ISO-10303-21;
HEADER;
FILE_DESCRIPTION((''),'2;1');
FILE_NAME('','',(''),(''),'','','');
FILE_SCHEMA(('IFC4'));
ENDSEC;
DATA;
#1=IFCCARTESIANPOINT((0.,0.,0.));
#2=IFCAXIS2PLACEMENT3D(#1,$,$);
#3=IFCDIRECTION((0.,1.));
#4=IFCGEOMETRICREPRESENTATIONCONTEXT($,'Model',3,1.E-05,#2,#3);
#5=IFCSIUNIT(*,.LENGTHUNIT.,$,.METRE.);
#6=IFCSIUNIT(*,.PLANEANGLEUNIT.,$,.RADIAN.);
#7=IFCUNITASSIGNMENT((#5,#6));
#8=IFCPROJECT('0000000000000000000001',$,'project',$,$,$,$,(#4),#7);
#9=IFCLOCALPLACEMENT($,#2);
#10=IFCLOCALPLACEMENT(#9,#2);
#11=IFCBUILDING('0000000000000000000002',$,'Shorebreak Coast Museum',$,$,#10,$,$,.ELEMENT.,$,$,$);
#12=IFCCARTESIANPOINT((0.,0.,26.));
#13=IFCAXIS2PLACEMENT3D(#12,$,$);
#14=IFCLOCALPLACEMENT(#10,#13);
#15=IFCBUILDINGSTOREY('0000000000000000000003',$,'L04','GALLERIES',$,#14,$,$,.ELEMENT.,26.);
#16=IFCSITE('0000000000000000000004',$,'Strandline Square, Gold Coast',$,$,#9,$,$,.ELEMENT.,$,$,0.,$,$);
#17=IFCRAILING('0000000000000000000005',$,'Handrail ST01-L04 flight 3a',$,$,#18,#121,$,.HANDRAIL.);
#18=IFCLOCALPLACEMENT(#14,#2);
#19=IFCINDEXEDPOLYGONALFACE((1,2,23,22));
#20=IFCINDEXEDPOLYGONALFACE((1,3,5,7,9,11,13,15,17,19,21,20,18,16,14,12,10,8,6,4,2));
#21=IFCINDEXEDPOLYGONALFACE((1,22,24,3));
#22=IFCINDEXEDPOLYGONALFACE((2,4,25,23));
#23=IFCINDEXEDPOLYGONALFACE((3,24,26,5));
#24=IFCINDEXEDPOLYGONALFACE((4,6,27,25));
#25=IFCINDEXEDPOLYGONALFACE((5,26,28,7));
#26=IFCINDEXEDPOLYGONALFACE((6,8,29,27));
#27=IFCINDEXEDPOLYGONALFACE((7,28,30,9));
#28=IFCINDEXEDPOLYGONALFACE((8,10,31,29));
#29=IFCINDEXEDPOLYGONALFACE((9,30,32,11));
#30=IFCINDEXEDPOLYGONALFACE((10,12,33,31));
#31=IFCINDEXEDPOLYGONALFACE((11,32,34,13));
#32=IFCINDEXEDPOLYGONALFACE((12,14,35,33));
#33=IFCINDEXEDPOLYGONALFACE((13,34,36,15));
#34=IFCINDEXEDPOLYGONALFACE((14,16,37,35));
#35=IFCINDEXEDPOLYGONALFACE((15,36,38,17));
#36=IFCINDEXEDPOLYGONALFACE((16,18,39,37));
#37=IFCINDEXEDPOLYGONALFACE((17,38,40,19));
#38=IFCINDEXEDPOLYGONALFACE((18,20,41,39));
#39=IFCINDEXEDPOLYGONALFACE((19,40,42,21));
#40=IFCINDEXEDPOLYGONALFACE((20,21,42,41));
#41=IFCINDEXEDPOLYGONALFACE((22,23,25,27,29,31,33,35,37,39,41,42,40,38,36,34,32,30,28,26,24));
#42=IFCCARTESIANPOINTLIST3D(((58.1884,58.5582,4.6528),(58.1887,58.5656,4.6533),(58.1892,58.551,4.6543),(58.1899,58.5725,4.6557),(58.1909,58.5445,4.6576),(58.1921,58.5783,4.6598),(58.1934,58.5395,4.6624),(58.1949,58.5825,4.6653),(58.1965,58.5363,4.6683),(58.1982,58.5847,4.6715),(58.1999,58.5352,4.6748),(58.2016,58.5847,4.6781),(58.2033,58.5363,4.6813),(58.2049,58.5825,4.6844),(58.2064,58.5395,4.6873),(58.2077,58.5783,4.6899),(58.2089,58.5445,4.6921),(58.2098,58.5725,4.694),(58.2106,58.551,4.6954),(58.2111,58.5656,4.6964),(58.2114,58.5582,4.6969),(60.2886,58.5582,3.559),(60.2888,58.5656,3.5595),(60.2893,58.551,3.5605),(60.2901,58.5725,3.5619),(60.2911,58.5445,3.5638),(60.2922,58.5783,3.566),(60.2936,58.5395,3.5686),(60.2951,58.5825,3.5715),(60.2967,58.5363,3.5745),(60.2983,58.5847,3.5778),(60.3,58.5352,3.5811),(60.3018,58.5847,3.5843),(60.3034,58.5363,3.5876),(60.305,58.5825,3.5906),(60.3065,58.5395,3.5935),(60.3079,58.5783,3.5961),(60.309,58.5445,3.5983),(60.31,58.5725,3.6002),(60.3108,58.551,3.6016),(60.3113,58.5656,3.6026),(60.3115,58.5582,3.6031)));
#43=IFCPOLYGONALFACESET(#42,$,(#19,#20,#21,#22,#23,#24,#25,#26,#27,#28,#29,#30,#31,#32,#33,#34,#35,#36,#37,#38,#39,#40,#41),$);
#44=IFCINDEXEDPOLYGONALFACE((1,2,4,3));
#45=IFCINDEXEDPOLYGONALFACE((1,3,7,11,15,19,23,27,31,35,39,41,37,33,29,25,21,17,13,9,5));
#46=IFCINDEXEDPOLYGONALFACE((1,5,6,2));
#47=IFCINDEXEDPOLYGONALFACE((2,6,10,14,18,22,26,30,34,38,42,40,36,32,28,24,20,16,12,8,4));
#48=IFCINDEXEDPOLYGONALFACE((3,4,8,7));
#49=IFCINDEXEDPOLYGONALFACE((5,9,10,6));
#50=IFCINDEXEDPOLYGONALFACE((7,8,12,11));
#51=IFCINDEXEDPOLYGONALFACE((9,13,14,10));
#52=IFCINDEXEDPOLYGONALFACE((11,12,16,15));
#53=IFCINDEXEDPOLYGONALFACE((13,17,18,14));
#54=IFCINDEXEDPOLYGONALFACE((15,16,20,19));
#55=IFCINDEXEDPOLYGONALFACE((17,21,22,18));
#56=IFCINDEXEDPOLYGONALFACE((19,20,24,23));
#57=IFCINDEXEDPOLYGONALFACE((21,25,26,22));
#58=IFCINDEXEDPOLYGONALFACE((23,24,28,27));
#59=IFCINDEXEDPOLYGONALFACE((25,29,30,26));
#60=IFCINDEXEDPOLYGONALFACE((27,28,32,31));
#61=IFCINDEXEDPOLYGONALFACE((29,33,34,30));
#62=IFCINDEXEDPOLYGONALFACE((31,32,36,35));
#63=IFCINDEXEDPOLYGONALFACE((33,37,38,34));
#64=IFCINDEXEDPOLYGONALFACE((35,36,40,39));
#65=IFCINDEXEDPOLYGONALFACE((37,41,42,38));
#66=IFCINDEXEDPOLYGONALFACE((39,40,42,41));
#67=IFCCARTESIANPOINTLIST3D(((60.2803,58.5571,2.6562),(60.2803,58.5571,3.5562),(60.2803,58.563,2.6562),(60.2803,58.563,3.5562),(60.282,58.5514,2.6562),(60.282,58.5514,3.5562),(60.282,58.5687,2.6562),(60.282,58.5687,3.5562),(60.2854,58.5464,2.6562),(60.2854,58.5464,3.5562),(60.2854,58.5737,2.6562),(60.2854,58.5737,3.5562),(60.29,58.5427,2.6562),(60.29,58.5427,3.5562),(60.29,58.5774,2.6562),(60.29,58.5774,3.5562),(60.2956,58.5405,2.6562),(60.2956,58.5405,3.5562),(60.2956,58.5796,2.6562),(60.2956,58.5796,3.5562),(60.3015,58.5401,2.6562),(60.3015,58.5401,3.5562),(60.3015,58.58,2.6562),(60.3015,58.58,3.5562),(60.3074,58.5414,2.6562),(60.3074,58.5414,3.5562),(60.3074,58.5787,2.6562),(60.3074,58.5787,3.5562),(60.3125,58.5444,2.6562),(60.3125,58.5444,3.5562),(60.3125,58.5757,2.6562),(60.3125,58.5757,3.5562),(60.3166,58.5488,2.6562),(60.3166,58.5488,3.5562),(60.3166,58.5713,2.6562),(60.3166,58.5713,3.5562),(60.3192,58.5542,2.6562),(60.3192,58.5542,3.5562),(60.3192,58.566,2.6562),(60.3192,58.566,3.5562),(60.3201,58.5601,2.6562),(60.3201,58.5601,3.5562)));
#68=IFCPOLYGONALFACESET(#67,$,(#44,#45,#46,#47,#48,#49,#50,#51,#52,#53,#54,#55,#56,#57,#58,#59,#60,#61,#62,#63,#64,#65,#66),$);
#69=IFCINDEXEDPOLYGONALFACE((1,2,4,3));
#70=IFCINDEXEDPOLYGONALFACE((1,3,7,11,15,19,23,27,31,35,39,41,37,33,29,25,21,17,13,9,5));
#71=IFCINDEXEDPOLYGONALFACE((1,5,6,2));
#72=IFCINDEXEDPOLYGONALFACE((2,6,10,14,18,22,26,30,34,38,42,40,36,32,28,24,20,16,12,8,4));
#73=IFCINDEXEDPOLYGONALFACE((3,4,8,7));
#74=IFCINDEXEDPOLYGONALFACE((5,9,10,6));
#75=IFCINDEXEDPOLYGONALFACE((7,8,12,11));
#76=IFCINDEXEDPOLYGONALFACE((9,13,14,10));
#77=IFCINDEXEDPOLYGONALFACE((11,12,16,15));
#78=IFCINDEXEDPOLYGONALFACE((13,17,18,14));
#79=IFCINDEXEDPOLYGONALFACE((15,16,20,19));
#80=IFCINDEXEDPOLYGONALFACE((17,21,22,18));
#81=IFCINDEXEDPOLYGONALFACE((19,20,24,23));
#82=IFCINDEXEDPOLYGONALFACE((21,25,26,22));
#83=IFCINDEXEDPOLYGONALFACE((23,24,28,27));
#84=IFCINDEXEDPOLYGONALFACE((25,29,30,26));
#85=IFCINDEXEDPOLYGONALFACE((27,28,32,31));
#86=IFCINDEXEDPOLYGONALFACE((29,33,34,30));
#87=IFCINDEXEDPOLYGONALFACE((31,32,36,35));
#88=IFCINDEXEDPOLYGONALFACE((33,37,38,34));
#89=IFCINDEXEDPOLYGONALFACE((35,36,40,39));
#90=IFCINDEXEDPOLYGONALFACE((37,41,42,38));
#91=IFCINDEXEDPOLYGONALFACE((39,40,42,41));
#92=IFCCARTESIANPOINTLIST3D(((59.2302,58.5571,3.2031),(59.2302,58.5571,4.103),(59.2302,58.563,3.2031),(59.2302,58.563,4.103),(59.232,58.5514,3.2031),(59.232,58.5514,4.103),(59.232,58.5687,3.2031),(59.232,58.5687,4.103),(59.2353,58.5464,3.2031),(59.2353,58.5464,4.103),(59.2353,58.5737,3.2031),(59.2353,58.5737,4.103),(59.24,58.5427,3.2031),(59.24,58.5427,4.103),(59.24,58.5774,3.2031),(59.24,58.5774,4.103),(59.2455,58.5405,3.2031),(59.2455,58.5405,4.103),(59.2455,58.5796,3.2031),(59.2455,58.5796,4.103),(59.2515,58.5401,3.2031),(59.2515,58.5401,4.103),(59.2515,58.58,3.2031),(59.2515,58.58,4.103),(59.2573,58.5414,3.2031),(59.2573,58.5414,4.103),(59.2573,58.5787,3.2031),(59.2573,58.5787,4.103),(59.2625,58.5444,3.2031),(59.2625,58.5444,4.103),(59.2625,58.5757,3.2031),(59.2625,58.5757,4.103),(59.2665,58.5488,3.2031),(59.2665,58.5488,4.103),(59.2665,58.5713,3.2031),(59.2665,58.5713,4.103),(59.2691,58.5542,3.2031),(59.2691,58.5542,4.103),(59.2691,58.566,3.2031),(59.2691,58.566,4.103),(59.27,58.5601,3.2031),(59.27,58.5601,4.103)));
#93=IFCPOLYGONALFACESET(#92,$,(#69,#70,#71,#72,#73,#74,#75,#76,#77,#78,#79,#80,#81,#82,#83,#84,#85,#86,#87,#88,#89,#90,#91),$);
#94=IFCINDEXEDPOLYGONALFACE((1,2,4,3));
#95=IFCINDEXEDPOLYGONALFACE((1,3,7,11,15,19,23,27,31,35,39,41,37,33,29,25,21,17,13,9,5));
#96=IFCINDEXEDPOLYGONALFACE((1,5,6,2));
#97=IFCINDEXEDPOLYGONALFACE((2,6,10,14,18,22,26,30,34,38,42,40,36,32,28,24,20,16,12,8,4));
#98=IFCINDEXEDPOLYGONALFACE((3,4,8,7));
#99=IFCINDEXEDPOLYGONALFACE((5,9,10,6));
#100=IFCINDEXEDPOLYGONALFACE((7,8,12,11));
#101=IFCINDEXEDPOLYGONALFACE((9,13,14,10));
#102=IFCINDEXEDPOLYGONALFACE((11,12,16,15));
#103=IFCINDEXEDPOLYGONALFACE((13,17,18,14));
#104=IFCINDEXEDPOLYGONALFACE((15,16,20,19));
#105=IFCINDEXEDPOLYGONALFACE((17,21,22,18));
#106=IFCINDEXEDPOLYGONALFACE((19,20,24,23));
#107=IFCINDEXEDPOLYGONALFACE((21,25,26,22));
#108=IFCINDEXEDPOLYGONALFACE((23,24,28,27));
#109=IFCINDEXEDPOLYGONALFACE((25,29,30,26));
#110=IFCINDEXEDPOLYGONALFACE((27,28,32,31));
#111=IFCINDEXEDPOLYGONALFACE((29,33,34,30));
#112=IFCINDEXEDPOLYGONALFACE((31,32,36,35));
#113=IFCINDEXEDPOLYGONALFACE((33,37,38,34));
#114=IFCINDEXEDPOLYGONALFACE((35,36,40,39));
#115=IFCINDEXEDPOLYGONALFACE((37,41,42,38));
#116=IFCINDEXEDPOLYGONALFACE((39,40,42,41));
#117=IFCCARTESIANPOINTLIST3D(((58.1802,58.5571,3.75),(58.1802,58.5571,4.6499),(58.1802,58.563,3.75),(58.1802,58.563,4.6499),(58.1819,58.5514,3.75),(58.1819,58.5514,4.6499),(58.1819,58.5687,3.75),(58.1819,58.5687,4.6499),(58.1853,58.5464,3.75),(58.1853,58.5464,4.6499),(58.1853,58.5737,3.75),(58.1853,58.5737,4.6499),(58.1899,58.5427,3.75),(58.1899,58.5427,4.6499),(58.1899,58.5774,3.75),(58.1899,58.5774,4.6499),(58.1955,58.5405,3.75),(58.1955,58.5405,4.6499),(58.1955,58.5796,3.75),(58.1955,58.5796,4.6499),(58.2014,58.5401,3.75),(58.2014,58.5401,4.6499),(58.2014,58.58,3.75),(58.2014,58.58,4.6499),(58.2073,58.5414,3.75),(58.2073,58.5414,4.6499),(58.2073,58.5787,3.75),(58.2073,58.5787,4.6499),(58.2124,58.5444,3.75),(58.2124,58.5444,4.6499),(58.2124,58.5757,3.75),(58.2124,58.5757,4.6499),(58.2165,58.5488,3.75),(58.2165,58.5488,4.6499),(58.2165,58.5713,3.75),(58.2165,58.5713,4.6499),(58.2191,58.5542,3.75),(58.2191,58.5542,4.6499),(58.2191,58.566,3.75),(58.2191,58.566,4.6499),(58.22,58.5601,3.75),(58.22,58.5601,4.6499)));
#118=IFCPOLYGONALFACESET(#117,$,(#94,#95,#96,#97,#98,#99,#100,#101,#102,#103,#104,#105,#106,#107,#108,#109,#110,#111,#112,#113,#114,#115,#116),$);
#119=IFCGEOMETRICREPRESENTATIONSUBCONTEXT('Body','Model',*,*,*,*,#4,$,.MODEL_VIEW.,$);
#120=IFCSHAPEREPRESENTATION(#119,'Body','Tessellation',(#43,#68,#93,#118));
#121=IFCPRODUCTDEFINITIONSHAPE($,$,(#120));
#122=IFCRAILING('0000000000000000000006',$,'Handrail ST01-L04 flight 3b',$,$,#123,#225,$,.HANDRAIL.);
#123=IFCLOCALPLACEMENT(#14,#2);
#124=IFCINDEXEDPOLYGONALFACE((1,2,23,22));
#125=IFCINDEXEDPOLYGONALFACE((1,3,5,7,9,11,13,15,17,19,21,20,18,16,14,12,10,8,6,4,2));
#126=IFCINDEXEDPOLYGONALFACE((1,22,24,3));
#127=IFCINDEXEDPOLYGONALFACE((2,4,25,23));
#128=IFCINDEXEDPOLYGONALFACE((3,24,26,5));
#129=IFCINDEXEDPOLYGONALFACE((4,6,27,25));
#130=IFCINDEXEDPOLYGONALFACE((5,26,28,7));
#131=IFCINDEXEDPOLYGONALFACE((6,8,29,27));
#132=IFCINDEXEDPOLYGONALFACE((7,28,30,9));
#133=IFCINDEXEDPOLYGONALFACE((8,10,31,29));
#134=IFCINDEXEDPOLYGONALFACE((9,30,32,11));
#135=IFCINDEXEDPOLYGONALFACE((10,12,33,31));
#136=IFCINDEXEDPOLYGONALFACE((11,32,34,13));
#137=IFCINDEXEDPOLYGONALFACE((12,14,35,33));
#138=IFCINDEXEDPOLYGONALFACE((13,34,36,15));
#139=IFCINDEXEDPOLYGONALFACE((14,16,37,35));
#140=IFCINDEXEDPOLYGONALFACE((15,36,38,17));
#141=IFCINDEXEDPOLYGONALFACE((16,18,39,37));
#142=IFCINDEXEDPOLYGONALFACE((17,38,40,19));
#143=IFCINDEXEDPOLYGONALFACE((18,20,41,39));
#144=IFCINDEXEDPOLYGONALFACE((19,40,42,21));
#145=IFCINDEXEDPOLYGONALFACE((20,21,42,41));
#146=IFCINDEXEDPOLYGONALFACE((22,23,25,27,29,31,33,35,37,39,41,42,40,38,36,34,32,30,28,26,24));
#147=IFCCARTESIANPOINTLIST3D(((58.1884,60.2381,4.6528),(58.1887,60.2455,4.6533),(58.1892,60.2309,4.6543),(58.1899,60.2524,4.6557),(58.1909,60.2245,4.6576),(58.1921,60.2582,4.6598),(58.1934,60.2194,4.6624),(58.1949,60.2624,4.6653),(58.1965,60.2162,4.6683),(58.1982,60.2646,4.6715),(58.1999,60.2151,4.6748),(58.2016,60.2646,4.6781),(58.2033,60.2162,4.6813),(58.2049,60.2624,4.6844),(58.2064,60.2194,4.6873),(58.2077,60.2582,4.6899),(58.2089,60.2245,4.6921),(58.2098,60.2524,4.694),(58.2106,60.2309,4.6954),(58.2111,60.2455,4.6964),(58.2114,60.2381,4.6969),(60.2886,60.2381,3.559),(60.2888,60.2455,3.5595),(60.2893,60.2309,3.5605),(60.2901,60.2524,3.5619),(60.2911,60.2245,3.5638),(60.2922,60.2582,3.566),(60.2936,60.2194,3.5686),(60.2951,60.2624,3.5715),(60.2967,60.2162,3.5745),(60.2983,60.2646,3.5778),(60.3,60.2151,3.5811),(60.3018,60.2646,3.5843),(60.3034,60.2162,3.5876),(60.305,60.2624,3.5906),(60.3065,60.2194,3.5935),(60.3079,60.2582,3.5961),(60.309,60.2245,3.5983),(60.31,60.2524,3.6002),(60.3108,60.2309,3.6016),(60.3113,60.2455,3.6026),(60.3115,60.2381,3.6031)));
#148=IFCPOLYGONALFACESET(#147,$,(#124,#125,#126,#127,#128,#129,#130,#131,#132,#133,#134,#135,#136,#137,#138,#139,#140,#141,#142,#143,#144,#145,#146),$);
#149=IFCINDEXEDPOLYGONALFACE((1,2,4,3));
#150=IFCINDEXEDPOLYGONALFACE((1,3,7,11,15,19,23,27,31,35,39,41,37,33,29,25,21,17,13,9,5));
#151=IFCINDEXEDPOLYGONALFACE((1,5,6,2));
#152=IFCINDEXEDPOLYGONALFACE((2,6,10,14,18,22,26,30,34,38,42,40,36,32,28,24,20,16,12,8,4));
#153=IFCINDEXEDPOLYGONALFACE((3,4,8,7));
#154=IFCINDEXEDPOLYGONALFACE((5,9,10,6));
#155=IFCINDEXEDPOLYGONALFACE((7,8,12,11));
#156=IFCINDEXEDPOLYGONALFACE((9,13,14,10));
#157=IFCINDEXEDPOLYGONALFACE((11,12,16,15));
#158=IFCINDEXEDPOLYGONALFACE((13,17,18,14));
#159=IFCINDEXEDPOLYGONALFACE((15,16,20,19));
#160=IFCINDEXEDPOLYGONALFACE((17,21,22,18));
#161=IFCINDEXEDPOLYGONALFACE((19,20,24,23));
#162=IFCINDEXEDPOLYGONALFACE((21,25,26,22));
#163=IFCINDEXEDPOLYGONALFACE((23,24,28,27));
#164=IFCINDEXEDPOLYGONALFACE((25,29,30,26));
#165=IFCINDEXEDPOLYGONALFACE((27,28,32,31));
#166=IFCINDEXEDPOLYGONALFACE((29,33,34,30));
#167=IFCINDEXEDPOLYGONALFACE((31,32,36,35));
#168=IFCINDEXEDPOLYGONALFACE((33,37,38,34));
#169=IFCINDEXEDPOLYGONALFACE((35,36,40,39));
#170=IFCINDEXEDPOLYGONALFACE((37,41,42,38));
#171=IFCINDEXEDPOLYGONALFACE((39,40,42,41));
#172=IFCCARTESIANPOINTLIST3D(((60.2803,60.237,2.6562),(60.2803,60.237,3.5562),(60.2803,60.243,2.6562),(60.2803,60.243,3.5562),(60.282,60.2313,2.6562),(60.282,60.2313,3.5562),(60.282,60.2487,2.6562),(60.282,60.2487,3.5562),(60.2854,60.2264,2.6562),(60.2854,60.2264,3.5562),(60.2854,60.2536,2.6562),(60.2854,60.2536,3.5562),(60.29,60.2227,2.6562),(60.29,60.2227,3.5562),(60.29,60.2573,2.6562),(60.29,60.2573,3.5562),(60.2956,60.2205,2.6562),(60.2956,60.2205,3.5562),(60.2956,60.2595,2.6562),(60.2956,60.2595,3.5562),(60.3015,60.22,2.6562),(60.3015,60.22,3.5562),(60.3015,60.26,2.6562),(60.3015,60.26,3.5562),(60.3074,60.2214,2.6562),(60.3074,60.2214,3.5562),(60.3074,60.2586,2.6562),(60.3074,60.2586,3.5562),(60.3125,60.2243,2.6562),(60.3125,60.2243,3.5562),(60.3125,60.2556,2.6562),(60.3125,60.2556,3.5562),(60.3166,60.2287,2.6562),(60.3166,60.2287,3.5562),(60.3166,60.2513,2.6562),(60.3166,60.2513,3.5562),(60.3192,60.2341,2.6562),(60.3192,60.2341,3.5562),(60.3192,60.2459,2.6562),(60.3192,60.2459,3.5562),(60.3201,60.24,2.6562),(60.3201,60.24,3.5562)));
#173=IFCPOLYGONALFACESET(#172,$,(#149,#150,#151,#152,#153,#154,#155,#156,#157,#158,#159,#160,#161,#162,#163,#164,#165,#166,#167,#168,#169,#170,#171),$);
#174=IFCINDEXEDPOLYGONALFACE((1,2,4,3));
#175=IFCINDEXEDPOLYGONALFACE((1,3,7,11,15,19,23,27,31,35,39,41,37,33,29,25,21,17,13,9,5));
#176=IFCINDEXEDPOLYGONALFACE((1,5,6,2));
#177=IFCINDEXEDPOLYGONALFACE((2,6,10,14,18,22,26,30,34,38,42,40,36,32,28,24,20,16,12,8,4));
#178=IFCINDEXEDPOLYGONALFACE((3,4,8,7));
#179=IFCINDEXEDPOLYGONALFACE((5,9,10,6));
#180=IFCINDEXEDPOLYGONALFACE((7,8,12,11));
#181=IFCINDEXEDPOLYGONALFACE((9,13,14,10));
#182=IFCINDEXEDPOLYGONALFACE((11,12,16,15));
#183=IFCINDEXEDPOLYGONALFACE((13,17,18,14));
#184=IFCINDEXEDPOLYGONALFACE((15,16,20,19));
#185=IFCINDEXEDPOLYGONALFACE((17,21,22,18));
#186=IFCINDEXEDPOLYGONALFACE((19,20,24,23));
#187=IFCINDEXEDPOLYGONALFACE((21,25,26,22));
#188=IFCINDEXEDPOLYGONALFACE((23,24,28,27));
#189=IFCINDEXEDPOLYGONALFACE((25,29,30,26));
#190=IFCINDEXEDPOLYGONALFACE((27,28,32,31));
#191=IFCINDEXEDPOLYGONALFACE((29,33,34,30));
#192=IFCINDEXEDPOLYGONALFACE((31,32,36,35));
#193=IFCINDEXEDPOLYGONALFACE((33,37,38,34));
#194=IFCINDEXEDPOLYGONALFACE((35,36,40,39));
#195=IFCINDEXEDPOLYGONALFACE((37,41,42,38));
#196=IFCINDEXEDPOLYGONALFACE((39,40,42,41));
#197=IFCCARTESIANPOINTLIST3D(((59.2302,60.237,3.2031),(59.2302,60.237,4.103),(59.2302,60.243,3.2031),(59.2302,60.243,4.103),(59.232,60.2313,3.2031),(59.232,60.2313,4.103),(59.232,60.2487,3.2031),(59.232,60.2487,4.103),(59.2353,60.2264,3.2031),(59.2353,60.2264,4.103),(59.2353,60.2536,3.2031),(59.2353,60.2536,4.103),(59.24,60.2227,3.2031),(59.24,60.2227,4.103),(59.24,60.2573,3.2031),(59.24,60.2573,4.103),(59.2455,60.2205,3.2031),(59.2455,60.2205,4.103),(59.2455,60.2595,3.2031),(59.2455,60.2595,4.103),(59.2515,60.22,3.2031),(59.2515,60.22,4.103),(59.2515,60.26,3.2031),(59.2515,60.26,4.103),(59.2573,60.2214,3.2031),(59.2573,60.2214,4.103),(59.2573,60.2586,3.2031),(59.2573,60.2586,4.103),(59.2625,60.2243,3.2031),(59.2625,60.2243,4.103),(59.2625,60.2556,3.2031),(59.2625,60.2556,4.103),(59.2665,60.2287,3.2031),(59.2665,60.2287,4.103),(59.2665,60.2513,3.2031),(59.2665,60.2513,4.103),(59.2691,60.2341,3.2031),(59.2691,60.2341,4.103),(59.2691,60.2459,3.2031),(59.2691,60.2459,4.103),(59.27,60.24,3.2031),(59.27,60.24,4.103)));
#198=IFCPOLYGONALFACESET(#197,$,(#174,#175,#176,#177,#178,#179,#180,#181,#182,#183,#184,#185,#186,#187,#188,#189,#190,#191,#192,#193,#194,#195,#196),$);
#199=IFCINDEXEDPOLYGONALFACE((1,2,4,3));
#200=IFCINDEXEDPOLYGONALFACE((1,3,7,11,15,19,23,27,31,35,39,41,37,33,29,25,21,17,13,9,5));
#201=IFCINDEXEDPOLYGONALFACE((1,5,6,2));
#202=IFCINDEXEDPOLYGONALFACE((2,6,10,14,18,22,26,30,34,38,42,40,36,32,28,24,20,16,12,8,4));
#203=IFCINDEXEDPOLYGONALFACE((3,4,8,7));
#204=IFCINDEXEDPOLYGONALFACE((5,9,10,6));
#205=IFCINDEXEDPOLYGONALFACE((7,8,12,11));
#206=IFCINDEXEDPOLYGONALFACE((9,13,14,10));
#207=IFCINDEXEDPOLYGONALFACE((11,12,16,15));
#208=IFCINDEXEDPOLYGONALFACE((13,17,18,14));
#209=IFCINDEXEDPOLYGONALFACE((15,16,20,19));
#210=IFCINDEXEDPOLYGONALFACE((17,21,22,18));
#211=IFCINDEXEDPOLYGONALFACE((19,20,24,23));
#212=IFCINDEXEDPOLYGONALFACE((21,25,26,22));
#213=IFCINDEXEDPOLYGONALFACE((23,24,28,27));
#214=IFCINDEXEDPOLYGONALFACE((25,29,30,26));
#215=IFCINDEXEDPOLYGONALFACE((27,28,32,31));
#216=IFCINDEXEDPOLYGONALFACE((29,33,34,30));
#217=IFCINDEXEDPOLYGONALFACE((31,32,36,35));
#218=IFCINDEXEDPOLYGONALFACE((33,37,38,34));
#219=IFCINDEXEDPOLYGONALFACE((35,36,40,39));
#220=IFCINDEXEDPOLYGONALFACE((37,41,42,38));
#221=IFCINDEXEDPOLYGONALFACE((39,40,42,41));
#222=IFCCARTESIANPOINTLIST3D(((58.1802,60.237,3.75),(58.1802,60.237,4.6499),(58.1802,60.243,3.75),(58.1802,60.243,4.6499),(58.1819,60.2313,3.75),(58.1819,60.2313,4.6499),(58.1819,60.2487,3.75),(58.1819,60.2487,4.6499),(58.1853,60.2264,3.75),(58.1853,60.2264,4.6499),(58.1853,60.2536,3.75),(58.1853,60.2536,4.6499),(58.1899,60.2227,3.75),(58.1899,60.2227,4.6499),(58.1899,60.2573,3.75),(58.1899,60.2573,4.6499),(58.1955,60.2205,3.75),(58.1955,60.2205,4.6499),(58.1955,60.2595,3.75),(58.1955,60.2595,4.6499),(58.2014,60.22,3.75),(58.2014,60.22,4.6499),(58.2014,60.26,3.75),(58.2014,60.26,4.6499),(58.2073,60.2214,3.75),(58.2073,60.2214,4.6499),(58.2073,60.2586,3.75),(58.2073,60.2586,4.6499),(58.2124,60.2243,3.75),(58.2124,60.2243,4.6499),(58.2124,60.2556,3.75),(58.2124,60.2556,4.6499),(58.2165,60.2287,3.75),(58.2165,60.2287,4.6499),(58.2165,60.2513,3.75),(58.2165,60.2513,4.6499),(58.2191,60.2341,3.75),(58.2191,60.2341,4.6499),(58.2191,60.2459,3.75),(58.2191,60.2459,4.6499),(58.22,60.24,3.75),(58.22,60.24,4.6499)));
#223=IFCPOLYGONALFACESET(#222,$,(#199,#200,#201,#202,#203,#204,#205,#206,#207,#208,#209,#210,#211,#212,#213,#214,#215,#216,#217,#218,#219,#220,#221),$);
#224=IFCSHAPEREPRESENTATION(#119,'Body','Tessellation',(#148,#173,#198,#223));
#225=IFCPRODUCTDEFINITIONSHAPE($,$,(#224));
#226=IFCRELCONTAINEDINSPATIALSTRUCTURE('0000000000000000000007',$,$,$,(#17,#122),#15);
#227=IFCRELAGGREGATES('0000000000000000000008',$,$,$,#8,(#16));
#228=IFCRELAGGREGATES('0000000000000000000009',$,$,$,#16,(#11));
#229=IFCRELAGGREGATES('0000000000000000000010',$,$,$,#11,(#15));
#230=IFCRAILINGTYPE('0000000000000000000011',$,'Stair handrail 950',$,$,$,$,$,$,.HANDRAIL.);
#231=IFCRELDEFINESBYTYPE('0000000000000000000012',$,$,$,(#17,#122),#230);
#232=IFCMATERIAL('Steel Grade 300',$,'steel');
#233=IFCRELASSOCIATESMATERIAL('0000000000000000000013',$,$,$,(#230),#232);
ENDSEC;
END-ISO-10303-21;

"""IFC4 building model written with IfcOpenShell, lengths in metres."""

from ifc_helpers import new_model, si_unit, direction, frame, origin, origin_2d, place, context, subcontext, project, spatial, circle, extrude, material, type_object, element, save


model = new_model("IFC4")

# Units and contexts
model_context = context("Model", 3, precision=1e-05, world=origin(), true_north=direction((0.0, 1.0)))
body_context = subcontext(model_context, "Body", "Model", "MODEL_VIEW")
ifc_project = project(units=[si_unit("LENGTHUNIT", "METRE"), si_unit("PLANEANGLEUNIT", "RADIAN")], contexts=[model_context])

# Site, building, storey
site_placement = place(None, origin())
site = spatial("IfcSite", under=ifc_project, at=site_placement, Name="Strandline Square, Gold Coast", CompositionType="ELEMENT", RefElevation=0.0)
building_placement = place(site_placement, origin())
building = spatial("IfcBuilding", under=site, at=building_placement, Name="Shorebreak Coast Museum", CompositionType="ELEMENT")
storey_placement = place(building_placement, frame((0.0, 0.0, 26.0)))
storey = spatial("IfcBuildingStorey", under=building, at=storey_placement, Name="L04", Description="GALLERIES", CompositionType="ELEMENT", Elevation=26.0)

# Railings
ifc_material_1 = material(Name="Steel Grade 300", Category="steel")
railing_type_1 = type_object("IfcRailingType", Name="Stair handrail 950", PredefinedType="HANDRAIL", material=ifc_material_1)
for number, where, name in (
    (1, (60.3, 58.5601, 2.6562), "Handrail ST01-L04 flight 3a"),
    (2, (60.3, 60.24, 2.6562), "Handrail ST01-L04 flight 3b"),
):
    element("IfcRailing", number, at=place(storey_placement, frame(where)), inside=storey, type_object=railing_type_1, Name=name, PredefinedType="HANDRAIL", context=body_context, shape_type="SweptSolid", body=[
        extrude(circle(Radius=0.0249, at=origin_2d()), frame((0.0, 0.0, 0.9248), z_axis=(-0.886923, 0.0, 0.461918), x_axis=(0.0, -1.0, 0.0)), (0.0, 0.0, 1.0), 2.3679),
        extrude(circle(Radius=0.02, at=origin_2d()), origin(), (0.0, 0.0, 1.0), 0.8999),
        extrude(circle(Radius=0.02, at=origin_2d()), frame((-1.05, 0.0, 0.5469)), (0.0, 0.0, 1.0), 0.8999),
        extrude(circle(Radius=0.02, at=origin_2d()), frame((-2.1001, 0.0, 1.0938)), (0.0, 0.0, 1.0), 0.8999),
    ])

save(model, "model.ifc")
